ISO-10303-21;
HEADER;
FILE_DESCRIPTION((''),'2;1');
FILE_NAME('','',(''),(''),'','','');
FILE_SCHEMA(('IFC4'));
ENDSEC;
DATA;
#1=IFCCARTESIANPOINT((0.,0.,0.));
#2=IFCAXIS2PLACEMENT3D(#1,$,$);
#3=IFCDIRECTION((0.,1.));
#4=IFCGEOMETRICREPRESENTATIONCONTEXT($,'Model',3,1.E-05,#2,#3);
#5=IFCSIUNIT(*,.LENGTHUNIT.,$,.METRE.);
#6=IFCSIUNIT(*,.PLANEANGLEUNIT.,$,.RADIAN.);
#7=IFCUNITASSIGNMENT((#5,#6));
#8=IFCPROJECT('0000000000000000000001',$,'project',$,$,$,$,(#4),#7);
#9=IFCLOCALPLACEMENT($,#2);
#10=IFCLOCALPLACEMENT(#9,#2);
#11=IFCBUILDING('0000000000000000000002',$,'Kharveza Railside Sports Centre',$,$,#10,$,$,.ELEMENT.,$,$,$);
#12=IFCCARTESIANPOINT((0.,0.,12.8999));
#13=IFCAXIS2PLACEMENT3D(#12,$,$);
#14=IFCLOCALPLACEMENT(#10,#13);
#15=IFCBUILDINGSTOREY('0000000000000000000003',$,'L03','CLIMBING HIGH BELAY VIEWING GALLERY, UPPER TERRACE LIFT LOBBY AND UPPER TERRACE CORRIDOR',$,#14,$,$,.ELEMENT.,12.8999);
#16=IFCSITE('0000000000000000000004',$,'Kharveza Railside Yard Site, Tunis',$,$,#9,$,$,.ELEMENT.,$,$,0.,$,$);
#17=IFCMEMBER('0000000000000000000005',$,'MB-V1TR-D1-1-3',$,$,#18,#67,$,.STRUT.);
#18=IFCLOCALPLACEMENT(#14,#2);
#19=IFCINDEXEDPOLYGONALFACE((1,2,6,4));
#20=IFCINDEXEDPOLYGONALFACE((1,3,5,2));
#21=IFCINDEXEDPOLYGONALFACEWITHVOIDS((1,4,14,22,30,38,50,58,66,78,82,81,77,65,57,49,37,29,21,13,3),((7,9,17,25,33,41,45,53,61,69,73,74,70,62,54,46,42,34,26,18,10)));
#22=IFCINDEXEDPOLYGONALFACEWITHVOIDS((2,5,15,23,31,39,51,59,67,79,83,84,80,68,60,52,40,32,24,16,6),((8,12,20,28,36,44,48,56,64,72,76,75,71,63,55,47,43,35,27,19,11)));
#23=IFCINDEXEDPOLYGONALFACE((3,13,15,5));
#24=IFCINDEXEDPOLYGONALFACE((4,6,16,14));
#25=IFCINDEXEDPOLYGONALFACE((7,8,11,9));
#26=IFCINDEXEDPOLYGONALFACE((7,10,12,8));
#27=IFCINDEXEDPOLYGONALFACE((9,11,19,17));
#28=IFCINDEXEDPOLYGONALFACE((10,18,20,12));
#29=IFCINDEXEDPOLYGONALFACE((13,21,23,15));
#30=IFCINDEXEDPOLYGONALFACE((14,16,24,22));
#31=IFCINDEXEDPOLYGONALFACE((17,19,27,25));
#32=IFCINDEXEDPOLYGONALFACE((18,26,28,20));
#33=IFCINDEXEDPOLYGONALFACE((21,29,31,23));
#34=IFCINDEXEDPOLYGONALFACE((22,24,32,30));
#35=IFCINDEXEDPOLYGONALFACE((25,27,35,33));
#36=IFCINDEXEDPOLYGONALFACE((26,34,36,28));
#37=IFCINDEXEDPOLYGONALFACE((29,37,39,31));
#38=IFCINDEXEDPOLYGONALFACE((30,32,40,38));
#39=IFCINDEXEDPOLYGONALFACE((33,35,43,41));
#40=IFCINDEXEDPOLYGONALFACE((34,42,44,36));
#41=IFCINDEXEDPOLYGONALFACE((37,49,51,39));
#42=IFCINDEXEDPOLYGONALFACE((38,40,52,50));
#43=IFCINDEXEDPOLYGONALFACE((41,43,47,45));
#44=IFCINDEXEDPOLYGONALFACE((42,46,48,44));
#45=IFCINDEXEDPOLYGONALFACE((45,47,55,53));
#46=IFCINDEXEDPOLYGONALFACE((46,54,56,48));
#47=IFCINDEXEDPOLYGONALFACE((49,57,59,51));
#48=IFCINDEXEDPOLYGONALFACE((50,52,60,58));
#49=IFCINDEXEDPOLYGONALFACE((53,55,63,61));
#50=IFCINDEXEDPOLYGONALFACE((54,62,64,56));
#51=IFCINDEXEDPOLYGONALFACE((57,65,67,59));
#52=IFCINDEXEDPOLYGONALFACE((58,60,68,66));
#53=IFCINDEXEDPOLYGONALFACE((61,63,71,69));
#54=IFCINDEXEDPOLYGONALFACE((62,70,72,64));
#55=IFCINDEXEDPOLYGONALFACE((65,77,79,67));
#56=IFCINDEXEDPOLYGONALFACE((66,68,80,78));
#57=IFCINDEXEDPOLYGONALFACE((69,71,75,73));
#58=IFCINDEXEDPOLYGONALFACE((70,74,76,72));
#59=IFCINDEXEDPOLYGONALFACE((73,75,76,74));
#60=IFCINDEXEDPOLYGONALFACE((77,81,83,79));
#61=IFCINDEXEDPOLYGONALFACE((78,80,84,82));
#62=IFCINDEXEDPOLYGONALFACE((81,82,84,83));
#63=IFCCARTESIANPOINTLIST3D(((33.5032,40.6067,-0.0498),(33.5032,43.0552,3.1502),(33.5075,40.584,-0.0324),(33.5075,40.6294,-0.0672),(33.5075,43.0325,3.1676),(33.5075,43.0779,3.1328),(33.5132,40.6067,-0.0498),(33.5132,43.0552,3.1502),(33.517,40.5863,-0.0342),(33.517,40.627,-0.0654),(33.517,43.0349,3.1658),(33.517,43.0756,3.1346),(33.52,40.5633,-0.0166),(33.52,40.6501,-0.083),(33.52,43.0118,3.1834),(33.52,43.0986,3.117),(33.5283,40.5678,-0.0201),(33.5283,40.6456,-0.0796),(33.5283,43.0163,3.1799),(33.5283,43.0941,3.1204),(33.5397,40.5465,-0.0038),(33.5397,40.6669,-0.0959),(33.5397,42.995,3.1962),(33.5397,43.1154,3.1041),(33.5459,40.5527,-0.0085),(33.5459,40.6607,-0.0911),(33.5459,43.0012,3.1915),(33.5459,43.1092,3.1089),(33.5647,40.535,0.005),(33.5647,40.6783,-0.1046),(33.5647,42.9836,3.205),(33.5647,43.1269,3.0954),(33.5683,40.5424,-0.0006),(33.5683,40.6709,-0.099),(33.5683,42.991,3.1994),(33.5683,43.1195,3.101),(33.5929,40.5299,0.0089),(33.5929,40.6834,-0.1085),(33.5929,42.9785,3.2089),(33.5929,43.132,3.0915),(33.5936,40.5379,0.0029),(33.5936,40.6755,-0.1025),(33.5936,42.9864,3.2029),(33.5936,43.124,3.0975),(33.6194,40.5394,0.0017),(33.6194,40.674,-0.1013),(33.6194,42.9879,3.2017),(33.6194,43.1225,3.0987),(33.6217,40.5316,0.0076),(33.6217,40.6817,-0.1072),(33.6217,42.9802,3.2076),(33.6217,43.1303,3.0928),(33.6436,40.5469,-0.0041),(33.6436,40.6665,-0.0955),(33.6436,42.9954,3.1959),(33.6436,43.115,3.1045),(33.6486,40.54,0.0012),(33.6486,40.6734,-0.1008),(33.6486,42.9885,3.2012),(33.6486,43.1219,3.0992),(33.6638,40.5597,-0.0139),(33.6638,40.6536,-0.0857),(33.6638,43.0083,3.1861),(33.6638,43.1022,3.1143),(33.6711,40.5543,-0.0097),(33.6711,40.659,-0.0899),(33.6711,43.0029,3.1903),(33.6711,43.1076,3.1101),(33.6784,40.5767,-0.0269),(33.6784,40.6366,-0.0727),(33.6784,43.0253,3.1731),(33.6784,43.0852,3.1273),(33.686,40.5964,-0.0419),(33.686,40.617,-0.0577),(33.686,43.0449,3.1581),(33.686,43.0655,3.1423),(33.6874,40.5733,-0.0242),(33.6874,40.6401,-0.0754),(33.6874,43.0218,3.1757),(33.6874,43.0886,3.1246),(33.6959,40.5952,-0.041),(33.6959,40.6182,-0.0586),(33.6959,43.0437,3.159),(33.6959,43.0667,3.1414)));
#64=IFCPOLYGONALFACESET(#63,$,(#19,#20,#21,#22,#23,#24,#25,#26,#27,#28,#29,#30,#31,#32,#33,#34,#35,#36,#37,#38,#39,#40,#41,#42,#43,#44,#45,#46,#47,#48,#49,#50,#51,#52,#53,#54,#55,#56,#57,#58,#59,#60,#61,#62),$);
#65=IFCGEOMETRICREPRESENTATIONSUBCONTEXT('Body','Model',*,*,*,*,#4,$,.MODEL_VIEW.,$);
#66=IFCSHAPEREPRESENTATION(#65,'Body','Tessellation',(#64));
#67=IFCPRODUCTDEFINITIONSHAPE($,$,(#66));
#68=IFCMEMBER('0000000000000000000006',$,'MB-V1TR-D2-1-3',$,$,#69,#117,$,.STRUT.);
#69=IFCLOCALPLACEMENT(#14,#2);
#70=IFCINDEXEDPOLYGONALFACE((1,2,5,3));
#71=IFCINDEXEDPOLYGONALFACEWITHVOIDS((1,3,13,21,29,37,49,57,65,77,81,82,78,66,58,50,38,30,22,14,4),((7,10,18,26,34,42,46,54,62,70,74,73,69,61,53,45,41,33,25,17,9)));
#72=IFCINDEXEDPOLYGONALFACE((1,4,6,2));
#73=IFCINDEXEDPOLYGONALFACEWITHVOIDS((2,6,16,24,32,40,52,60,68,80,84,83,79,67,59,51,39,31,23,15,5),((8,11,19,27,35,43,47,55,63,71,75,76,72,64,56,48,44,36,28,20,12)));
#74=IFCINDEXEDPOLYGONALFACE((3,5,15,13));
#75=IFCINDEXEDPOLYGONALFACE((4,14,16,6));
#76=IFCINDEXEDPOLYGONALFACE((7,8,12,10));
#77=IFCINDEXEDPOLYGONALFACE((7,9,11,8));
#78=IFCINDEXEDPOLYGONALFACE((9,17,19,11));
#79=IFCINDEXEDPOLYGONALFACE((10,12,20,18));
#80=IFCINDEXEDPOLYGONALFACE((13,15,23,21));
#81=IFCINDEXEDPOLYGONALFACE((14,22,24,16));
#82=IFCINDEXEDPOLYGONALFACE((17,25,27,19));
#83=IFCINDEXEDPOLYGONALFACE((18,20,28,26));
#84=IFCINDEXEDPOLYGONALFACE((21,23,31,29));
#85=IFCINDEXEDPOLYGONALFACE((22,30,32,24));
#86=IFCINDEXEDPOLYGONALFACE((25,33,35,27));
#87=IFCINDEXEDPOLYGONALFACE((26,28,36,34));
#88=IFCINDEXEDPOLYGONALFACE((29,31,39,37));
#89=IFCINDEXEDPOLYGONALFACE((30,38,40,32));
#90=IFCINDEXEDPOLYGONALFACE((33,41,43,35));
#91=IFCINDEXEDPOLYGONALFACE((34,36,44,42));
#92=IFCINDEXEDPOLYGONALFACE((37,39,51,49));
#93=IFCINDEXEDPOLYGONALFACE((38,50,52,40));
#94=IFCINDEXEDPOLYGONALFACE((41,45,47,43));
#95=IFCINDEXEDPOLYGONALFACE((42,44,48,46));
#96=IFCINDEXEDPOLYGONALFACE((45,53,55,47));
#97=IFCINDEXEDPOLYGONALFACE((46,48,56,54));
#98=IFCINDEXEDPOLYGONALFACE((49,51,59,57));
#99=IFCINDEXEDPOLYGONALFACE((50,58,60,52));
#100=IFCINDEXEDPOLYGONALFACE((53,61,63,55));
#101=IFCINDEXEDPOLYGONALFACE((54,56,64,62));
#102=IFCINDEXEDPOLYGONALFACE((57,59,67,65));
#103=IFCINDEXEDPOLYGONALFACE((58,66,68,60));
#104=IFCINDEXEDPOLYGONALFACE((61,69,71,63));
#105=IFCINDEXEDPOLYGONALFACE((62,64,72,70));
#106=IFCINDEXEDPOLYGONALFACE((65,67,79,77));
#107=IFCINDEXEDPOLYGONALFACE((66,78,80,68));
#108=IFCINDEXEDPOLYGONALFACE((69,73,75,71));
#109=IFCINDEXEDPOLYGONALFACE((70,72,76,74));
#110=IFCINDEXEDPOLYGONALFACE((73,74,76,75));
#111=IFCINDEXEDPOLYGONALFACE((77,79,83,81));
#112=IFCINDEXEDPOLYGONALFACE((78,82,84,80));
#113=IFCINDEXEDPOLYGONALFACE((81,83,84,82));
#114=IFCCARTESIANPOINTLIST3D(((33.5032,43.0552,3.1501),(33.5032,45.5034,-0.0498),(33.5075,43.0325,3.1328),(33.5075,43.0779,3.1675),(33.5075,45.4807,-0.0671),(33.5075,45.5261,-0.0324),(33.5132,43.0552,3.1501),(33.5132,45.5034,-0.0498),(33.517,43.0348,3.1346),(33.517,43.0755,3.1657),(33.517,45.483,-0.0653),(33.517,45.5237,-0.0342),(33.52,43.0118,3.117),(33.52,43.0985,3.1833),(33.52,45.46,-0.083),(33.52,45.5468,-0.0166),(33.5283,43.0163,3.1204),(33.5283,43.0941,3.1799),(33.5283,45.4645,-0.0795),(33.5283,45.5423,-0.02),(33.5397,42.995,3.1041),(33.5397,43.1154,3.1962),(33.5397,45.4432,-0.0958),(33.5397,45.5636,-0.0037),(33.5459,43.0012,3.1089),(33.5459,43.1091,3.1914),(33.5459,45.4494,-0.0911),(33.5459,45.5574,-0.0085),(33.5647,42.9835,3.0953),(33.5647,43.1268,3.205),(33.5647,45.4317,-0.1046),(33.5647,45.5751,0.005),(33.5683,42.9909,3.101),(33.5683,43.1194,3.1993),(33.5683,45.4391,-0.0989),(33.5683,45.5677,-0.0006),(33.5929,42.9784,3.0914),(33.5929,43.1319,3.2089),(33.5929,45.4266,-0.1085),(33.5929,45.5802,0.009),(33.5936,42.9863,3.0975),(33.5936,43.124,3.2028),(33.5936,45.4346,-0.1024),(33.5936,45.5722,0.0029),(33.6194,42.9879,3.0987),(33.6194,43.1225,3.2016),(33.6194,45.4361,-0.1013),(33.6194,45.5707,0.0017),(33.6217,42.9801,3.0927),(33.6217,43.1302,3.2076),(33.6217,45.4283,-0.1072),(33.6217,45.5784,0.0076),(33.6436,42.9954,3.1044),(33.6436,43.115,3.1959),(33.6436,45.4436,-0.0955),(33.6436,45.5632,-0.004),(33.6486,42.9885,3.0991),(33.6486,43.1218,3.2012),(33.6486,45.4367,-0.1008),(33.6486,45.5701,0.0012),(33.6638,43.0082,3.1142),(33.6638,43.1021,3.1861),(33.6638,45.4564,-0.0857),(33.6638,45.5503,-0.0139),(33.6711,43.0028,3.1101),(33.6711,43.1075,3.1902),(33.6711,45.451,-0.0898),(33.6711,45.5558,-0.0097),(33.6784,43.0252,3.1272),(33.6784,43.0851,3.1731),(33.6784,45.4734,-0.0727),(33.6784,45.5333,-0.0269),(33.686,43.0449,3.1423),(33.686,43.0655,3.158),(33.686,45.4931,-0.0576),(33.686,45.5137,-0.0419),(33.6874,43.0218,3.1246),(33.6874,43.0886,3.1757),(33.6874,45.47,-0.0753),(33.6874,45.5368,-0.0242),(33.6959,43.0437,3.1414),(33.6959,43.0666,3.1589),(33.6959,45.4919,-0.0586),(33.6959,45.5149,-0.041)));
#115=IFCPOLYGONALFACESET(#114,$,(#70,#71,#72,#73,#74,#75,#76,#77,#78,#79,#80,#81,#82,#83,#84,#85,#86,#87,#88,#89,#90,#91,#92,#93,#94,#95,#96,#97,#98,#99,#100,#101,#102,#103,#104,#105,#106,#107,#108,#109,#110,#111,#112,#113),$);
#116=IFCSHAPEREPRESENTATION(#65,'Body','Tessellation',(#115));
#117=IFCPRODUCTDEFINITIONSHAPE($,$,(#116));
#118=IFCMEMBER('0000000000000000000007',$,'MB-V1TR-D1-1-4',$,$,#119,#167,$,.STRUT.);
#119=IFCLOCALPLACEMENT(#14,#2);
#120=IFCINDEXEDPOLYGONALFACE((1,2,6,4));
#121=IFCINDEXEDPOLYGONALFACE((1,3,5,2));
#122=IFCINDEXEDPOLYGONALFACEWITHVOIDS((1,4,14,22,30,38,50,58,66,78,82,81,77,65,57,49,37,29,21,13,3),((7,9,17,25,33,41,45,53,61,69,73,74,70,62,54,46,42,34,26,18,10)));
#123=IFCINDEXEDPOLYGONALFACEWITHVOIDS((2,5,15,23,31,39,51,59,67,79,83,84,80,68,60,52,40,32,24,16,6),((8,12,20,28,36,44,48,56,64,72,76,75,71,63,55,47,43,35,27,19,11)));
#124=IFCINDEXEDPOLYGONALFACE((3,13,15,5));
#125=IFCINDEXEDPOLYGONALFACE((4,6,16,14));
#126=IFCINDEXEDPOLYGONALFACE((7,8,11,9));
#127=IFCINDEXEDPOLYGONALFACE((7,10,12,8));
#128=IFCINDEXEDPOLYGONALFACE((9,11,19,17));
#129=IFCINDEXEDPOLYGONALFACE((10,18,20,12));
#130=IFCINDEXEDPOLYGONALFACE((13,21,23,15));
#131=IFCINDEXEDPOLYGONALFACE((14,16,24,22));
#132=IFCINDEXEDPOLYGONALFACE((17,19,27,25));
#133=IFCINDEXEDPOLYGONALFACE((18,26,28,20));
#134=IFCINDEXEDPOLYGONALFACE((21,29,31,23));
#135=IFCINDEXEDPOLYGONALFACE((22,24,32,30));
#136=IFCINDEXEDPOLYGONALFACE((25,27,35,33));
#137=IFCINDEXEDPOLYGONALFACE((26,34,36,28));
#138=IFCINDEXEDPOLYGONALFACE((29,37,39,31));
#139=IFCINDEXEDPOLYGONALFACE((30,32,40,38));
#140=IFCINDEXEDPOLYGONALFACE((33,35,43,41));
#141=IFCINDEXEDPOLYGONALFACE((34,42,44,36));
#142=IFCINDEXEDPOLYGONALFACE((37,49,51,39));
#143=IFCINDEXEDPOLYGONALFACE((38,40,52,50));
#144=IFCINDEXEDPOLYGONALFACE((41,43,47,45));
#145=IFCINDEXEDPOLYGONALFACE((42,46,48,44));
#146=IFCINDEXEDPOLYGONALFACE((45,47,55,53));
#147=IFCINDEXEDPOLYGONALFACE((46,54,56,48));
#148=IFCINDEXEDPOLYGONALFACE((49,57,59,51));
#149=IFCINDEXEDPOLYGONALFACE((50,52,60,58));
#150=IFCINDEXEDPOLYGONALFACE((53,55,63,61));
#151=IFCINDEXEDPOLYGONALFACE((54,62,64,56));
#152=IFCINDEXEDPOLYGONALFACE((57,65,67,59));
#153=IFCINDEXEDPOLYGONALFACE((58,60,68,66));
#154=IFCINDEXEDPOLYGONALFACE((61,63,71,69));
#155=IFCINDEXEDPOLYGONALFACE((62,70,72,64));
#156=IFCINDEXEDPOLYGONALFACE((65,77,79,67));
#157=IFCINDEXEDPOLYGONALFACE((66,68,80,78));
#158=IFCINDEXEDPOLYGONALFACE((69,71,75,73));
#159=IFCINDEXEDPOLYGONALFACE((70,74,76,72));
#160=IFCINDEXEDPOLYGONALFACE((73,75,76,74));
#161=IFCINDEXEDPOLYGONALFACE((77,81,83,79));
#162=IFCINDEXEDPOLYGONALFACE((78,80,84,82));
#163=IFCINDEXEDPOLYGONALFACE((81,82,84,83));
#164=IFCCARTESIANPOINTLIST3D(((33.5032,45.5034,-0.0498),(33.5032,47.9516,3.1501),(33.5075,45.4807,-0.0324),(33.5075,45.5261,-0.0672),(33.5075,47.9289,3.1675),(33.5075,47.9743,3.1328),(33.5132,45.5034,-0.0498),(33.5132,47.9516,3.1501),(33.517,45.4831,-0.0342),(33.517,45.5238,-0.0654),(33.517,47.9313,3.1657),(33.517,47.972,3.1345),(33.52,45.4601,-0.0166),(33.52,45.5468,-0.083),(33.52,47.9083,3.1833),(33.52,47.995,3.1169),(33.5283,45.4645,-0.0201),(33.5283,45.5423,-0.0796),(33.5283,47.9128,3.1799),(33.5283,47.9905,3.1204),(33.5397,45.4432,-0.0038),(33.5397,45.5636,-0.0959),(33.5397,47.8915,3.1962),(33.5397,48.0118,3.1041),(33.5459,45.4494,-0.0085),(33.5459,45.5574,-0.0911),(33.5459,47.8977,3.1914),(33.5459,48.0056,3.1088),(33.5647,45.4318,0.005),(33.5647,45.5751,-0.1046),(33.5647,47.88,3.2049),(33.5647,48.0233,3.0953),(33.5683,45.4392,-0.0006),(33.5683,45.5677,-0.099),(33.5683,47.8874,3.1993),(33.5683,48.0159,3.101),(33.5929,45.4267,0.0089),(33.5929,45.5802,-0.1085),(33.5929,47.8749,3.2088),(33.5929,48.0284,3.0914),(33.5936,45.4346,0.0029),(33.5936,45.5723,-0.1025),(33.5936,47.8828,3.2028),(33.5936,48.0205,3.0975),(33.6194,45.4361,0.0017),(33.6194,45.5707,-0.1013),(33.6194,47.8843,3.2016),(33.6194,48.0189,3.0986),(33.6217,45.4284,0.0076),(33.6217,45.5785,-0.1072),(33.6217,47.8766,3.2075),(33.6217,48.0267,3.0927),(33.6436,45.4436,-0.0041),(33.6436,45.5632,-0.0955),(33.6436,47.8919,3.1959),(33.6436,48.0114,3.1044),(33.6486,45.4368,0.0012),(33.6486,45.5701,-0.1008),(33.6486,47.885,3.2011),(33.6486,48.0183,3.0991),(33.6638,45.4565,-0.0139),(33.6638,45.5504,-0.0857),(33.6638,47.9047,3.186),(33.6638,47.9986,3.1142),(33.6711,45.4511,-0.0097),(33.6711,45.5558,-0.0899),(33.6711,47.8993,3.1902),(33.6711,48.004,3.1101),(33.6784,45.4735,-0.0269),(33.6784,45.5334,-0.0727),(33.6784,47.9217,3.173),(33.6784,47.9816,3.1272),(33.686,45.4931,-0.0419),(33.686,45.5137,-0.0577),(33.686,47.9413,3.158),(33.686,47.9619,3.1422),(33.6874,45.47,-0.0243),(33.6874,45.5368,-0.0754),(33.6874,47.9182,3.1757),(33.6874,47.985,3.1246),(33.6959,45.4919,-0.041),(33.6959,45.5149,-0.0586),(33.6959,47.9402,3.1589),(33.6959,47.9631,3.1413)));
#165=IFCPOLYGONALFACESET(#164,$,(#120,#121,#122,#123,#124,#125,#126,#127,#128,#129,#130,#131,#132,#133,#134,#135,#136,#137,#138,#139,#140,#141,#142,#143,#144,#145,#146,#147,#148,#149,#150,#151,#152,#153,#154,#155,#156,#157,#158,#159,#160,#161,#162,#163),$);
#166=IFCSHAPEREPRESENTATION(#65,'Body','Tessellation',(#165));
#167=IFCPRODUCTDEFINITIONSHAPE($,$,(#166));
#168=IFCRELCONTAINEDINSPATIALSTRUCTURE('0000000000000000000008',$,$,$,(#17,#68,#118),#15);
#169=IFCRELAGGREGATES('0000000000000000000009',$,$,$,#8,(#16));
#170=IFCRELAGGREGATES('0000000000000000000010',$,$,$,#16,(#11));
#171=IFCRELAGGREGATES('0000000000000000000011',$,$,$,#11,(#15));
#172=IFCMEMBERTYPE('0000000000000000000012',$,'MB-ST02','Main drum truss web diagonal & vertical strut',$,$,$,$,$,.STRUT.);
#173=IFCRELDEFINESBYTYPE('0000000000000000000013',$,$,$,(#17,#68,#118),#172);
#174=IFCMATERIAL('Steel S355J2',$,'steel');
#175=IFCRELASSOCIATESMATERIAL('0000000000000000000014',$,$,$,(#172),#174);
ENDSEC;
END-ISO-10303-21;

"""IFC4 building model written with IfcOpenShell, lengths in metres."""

from ifc_helpers import new_model, si_unit, direction, frame, origin, origin_2d, place, context, subcontext, project, spatial, hollow_circle, extrude, material, material_profile, profile_set, type_object, element, save


model = new_model("IFC4")

# Units and contexts
model_context = context("Model", 3, precision=1e-05, world=origin(), true_north=direction((0.0, 1.0)))
body_context = subcontext(model_context, "Body", "Model", "MODEL_VIEW")
ifc_project = project(units=[si_unit("LENGTHUNIT", "METRE"), si_unit("PLANEANGLEUNIT", "RADIAN")], contexts=[model_context])

# Site, building, storey
site_placement = place(None, origin())
site = spatial("IfcSite", under=ifc_project, at=site_placement, Name="Kharveza Railside Yard Site, Tunis", CompositionType="ELEMENT", RefElevation=0.0)
building_placement = place(site_placement, origin())
building = spatial("IfcBuilding", under=site, at=building_placement, Name="Kharveza Railside Sports Centre", CompositionType="ELEMENT")
storey_placement = place(building_placement, frame((0.0, 0.0, 12.8999)))
storey = spatial("IfcBuildingStorey", under=building, at=storey_placement, Name="L03", Description="CLIMBING HIGH BELAY VIEWING GALLERY, UPPER TERRACE LIFT LOBBY AND UPPER TERRACE CORRIDOR", CompositionType="ELEMENT", Elevation=12.8999)

# Shared definitions
ifc_material_1 = material(Name="Steel S355J2", Category="steel")

# Members
ifc_material_profile_1 = material_profile(ifc_material_1, hollow_circle(Radius=0.0969, WallThickness=0.01, at=origin_2d()), Name="CHS 193.7x10.0")
ifc_profile_set_1 = profile_set([ifc_material_profile_1], Name="Steel S355J2")
member_type_1 = type_object("IfcMemberType", Name="MB-ST02", Description="Main drum truss web diagonal & vertical strut", PredefinedType="STRUT", material=ifc_profile_set_1)
member_1_placement = place(storey_placement, frame((33.6001, 40.6067, -0.0498), z_axis=(0.0, 0.607679, 0.794182), x_axis=(-1.0, 0.0, 0.0)))
element("IfcMember", 1, at=member_1_placement, inside=storey, type_object=member_type_1, Name="MB-V1TR-D1-1-3", PredefinedType="STRUT", context=body_context, shape_type="SweptSolid", body=[
    extrude(hollow_circle(Radius=0.0969, WallThickness=0.01, at=origin_2d()), origin(), (0.0, 0.0, 1.0), 4.0293),
])
for number, where, z_axis, x_axis, name in (
    (2, (33.6001, 43.0552, 3.1501), (0.0, 0.607641, -0.794212), (-1.0, 0.0, 0.0), "MB-V1TR-D2-1-3"),
    (3, (33.6001, 45.5034, -0.0498), (0.0, 0.607641, 0.794212), (-1.0, 0.0, 0.0), "MB-V1TR-D1-1-4"),
):
    element("IfcMember", number, at=place(storey_placement, frame(where, z_axis=z_axis, x_axis=x_axis)), inside=storey, type_object=member_type_1, Name=name, PredefinedType="STRUT", context=body_context, shape_type="SweptSolid", body=[
        extrude(hollow_circle(Radius=0.0969, WallThickness=0.01, at=origin_2d()), origin(), (0.0, 0.0, 1.0), 4.0291),
    ])

save(model, "model.ifc")
